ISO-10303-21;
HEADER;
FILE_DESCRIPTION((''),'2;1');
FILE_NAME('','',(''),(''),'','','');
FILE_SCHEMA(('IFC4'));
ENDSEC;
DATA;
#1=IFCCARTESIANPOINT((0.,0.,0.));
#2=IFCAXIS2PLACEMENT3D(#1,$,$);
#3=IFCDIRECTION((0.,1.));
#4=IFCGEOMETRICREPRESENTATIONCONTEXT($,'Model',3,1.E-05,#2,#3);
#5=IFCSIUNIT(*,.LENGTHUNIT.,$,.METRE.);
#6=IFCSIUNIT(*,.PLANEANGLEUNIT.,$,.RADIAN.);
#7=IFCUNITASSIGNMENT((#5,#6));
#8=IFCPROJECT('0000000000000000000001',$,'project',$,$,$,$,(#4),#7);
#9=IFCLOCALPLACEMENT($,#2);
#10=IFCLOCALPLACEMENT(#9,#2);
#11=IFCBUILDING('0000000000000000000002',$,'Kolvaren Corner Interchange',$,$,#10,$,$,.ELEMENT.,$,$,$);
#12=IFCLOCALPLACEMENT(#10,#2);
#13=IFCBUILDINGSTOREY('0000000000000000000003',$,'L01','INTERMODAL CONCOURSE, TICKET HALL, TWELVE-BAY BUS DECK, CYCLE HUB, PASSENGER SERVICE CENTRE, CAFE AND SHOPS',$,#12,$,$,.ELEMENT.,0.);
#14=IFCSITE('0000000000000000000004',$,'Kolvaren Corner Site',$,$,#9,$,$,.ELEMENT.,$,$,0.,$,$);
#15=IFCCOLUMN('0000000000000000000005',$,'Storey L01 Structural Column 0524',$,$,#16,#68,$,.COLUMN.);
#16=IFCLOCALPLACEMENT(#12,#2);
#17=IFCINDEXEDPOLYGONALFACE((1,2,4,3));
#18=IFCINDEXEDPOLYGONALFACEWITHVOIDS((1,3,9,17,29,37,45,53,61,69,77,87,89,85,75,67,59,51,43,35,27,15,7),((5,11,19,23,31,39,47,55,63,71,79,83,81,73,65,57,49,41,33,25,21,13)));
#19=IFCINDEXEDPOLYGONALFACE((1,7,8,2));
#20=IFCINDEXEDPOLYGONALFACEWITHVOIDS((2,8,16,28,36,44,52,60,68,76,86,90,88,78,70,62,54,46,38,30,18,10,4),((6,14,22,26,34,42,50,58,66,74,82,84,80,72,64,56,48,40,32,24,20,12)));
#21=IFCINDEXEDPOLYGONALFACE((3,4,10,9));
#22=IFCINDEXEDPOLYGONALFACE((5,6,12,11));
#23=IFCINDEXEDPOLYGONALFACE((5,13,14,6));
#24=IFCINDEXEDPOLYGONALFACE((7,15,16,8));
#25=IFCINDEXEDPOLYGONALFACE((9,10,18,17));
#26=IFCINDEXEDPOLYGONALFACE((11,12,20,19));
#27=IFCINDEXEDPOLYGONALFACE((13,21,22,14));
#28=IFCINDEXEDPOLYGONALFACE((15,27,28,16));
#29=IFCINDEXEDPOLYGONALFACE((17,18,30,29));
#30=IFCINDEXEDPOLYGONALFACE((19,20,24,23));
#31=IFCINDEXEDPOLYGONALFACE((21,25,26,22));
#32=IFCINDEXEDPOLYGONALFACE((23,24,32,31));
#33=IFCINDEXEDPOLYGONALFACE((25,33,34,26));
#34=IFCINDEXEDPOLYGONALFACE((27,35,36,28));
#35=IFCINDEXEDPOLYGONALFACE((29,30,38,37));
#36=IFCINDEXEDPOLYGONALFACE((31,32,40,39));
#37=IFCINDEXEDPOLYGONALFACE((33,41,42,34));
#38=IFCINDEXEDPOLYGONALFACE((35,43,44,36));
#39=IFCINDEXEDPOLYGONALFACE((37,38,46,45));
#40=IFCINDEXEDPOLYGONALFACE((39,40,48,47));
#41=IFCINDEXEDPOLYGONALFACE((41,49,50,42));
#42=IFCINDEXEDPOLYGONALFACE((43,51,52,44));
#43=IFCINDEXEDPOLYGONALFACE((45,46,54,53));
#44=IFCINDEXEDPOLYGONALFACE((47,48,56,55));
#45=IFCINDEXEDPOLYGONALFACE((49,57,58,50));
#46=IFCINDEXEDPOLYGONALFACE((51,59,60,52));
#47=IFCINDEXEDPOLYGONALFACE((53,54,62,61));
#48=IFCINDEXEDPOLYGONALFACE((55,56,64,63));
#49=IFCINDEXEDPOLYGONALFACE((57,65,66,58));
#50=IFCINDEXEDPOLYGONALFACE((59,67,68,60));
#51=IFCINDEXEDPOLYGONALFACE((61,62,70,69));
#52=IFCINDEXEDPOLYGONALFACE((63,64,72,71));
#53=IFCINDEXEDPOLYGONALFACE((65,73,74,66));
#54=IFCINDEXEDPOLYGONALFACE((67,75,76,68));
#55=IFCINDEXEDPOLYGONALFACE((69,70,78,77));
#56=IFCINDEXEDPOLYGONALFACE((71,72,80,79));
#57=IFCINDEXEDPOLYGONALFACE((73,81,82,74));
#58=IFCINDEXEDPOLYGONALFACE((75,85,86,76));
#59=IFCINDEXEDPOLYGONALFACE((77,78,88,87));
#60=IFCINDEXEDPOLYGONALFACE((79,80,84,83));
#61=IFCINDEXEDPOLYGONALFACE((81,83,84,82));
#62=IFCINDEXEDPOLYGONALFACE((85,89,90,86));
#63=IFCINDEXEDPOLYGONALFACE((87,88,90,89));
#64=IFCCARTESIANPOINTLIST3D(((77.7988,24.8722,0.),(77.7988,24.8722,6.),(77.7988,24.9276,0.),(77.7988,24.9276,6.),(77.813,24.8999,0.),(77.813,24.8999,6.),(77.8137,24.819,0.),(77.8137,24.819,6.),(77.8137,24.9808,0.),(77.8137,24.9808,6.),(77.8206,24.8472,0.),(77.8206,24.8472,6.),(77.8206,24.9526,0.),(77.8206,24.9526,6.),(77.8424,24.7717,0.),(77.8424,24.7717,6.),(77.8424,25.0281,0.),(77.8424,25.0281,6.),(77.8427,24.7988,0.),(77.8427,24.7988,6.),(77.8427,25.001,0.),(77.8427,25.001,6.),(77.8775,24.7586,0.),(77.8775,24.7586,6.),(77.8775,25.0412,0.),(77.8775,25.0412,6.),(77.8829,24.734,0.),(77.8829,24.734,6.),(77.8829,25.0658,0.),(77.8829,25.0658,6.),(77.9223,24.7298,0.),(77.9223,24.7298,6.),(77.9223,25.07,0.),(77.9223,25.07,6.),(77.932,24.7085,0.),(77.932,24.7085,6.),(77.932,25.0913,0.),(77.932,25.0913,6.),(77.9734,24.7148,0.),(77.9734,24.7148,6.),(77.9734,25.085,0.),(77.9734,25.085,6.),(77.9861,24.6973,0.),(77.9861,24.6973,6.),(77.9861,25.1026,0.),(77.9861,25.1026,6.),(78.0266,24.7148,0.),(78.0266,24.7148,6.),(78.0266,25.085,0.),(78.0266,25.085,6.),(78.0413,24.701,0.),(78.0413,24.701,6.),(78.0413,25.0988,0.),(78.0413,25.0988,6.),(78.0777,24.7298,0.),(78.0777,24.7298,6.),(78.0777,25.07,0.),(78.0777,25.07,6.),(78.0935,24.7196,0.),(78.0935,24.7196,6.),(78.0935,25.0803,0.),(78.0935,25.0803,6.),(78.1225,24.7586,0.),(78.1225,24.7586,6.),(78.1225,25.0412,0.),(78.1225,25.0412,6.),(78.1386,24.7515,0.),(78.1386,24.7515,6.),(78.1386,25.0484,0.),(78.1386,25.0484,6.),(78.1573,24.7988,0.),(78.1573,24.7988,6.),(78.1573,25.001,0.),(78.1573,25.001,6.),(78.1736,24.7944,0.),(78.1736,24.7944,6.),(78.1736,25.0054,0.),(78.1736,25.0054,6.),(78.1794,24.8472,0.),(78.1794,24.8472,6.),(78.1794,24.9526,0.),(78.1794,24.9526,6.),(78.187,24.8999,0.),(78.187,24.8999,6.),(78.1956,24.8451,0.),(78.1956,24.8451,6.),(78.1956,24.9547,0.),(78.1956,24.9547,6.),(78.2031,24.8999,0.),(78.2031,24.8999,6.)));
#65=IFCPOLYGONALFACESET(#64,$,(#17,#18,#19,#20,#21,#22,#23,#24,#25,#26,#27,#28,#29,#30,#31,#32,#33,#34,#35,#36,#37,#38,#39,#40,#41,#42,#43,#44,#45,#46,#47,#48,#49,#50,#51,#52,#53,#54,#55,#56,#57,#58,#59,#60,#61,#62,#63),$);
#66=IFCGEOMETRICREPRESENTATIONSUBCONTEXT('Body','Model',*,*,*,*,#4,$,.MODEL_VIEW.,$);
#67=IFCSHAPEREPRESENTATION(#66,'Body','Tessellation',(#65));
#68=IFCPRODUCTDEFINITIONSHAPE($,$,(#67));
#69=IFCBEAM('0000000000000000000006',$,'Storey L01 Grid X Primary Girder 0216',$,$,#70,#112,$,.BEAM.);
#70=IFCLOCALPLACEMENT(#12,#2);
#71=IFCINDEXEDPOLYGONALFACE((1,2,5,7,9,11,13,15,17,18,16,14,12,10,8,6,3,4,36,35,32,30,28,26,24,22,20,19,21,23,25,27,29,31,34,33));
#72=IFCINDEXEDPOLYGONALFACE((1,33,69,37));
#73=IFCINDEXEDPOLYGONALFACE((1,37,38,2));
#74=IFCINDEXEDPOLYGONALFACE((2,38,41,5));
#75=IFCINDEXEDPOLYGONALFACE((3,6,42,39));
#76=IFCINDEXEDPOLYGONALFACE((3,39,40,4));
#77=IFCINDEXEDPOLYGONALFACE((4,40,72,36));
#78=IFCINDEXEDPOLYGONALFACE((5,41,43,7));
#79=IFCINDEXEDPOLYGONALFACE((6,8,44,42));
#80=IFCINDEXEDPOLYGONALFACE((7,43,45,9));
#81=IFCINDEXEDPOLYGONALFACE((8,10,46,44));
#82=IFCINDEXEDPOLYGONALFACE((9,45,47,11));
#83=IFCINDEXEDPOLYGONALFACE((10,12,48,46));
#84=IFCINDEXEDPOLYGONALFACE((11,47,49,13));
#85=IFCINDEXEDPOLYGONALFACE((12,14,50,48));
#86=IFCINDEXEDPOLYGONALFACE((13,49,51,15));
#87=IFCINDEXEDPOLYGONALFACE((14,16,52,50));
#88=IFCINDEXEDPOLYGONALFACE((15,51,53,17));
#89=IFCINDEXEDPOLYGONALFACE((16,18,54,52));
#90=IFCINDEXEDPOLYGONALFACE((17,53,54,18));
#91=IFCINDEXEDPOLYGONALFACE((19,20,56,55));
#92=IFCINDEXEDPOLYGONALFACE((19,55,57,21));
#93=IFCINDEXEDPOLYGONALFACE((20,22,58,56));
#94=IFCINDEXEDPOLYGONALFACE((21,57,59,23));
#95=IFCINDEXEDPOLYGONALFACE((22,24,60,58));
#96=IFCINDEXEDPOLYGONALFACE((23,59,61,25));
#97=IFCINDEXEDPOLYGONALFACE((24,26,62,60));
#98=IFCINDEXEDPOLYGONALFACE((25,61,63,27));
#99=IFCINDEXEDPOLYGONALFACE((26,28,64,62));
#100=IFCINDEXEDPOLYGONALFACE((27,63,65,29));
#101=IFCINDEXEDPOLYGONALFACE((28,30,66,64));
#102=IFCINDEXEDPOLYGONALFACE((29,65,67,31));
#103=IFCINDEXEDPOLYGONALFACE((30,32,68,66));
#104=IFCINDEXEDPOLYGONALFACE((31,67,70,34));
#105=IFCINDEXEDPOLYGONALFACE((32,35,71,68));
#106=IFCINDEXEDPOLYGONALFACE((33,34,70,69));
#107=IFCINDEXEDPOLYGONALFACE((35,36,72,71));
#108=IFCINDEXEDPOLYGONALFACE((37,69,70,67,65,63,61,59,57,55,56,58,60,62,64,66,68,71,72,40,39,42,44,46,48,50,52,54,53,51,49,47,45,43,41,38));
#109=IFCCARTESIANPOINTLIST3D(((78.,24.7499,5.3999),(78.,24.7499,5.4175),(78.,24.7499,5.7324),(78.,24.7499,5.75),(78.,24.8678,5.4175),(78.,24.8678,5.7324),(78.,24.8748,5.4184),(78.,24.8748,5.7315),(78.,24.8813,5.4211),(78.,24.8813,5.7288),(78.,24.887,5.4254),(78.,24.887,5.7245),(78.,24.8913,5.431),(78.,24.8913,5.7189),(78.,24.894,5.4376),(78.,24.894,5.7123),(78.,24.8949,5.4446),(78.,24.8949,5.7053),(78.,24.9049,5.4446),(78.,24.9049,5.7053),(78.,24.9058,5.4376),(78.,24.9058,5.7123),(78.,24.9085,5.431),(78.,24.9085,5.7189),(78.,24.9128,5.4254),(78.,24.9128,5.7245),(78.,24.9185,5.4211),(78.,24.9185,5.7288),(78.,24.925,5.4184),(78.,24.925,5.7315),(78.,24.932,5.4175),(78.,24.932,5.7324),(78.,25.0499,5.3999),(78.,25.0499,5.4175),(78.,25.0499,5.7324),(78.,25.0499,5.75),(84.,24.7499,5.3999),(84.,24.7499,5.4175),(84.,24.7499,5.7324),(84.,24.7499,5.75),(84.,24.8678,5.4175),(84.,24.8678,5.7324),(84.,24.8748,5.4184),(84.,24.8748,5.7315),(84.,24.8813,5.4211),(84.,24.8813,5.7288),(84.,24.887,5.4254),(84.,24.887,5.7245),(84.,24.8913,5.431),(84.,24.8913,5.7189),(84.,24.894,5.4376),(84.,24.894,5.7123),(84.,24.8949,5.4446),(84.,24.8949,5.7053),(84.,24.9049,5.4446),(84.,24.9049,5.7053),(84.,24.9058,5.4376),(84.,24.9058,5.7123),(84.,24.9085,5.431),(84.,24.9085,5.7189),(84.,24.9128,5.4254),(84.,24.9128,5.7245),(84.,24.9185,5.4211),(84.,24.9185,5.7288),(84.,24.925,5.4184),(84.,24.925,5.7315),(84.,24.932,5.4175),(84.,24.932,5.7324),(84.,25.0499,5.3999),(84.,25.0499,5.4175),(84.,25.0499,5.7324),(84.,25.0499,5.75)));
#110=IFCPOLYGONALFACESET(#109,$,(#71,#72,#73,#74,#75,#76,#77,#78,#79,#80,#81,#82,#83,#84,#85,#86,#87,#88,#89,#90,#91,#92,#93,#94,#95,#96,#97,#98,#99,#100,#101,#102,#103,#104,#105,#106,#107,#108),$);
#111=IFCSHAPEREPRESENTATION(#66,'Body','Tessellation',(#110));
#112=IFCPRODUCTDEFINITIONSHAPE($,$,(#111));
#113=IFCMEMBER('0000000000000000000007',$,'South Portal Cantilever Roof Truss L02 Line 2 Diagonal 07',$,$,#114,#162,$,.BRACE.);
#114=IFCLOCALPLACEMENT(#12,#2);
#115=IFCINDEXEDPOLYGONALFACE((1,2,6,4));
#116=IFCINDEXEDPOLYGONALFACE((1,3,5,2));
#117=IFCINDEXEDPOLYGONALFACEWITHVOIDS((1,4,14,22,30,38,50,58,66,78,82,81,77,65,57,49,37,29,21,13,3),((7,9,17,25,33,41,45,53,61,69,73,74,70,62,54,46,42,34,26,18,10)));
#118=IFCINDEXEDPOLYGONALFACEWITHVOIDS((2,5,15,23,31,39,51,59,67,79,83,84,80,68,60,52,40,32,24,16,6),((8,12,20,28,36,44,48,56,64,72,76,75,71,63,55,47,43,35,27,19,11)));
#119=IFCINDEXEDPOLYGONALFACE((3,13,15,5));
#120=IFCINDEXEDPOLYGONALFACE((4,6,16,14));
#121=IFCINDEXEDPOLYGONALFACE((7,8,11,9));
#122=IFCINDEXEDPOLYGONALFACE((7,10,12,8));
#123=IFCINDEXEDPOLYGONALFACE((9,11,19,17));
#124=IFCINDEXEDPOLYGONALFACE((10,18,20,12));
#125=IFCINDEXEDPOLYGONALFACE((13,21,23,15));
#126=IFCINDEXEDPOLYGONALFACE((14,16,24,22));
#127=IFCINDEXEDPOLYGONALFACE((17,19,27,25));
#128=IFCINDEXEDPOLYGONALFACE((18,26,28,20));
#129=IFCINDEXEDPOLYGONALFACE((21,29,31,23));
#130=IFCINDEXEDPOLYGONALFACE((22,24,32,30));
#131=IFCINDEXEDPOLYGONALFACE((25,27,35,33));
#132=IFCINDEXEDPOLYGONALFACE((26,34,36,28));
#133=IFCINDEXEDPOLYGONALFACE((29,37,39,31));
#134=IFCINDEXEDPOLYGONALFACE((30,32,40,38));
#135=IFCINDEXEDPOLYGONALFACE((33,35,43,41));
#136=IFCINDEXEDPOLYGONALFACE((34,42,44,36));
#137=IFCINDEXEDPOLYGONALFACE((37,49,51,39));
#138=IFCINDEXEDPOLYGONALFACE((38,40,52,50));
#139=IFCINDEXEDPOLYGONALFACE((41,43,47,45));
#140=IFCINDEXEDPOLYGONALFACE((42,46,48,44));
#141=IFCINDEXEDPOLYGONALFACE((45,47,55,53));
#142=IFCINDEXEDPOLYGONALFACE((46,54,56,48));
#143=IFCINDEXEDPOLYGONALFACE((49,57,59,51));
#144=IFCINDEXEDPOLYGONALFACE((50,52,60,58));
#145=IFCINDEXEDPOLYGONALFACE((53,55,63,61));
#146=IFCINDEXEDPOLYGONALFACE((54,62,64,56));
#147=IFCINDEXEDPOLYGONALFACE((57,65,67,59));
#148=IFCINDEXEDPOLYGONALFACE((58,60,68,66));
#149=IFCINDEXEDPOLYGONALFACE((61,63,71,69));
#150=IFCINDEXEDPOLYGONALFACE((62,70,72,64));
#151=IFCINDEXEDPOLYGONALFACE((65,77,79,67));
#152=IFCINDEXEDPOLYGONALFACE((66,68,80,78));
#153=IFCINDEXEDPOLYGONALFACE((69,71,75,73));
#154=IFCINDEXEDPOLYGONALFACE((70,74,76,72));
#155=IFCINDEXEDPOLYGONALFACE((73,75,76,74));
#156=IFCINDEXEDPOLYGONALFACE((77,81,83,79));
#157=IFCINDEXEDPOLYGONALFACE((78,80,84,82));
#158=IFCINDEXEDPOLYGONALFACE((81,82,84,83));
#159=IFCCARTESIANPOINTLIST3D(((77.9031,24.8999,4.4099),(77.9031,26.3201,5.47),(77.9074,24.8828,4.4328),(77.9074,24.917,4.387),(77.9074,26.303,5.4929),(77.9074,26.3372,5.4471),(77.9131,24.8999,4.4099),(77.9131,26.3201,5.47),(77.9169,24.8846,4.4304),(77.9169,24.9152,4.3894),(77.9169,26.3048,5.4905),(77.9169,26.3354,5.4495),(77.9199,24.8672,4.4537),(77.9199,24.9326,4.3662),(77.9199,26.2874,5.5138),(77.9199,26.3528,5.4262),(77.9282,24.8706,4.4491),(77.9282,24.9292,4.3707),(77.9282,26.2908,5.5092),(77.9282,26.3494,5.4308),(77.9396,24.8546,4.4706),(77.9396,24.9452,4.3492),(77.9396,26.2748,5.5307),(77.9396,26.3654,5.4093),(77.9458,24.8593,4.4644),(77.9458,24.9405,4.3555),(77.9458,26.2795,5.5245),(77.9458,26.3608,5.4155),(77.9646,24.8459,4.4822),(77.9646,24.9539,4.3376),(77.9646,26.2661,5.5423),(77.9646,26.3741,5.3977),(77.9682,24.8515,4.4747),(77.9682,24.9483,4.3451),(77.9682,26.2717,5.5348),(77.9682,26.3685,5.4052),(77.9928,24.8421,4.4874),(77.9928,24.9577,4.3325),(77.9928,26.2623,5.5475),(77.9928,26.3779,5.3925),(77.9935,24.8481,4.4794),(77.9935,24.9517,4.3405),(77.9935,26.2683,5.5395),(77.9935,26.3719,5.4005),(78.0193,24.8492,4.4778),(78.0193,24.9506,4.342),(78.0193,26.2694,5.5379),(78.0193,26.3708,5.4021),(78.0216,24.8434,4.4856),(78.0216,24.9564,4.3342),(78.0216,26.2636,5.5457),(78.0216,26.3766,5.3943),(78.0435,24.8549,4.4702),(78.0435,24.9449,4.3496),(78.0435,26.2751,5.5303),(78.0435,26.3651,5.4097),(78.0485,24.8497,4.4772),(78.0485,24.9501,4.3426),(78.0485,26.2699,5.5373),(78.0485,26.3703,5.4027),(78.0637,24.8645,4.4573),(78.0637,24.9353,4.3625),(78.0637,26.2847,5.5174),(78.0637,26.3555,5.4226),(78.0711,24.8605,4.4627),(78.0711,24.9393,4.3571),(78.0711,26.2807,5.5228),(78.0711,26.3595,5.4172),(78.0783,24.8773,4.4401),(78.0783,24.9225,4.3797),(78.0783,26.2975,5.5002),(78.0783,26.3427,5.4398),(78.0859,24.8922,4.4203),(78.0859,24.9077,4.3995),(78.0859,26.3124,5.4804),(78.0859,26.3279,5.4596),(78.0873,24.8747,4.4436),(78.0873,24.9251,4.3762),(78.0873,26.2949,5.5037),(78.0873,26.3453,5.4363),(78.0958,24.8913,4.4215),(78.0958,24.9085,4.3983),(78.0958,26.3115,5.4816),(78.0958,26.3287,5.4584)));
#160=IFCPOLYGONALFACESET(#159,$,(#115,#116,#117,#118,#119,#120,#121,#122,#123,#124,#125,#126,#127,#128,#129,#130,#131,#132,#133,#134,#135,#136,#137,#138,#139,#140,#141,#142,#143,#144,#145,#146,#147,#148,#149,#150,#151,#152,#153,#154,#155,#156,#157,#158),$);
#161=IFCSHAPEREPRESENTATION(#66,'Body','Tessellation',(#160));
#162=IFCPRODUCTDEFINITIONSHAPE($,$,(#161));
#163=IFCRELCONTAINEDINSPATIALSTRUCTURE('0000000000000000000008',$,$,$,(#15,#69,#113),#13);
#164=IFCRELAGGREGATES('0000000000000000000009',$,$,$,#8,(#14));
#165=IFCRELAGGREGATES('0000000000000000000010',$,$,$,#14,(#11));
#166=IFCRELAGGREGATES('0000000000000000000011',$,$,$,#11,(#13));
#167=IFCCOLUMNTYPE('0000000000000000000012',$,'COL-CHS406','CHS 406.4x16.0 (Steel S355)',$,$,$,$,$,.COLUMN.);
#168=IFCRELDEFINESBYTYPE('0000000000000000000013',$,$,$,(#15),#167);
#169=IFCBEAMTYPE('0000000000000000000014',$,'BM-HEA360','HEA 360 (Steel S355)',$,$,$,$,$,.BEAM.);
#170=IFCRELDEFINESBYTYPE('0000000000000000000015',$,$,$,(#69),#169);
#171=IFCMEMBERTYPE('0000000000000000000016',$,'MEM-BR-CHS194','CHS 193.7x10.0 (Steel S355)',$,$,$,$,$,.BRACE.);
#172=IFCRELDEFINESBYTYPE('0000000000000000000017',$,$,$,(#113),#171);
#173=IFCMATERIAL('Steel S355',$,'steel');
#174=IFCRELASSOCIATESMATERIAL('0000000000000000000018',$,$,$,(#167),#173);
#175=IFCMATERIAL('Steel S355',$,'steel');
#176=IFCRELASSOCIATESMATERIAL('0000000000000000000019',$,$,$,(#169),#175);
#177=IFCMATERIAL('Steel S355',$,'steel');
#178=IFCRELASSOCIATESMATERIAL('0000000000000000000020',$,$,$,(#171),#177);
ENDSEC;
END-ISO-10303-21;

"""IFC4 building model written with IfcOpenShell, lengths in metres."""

from ifc_helpers import new_model, si_unit, direction, frame, origin, origin_2d, place, context, subcontext, project, spatial, hollow_circle, i_section, extrude, material, material_profile, profile_set, type_object, element, save


model = new_model("IFC4")

# Units and contexts
model_context = context("Model", 3, precision=1e-05, world=origin(), true_north=direction((0.0, 1.0)))
body_context = subcontext(model_context, "Body", "Model", "MODEL_VIEW")
ifc_project = project(units=[si_unit("LENGTHUNIT", "METRE"), si_unit("PLANEANGLEUNIT", "RADIAN")], contexts=[model_context])

# Site, building, storey
site_placement = place(None, origin())
site = spatial("IfcSite", under=ifc_project, at=site_placement, Name="Kolvaren Corner Site", CompositionType="ELEMENT", RefElevation=0.0)
building_placement = place(site_placement, origin())
building = spatial("IfcBuilding", under=site, at=building_placement, Name="Kolvaren Corner Interchange", CompositionType="ELEMENT")
storey_placement = place(building_placement, origin())
storey = spatial("IfcBuildingStorey", under=building, at=storey_placement, Name="L01", Description="INTERMODAL CONCOURSE, TICKET HALL, TWELVE-BAY BUS DECK, CYCLE HUB, PASSENGER SERVICE CENTRE, CAFE AND SHOPS", CompositionType="ELEMENT", Elevation=0.0)

# Column
ifc_material_1 = material(Name="Steel S355", Category="steel")
ifc_material_profile_1 = material_profile(ifc_material_1, hollow_circle(Radius=0.2031, WallThickness=0.0161, at=origin_2d()), Name="CHS 406.4x16.0")
ifc_profile_set_1 = profile_set([ifc_material_profile_1], Name="Steel S355")
column_type = type_object("IfcColumnType", Name="COL-CHS406", Description="CHS 406.4x16.0 (Steel S355)", PredefinedType="COLUMN", material=ifc_profile_set_1)
column_placement = place(storey_placement, frame((78.0, 24.8999, 0.0), z_axis=(0.0, 0.0, 1.0), x_axis=(1.0, 0.0, 0.0)))
element("IfcColumn", 1, at=column_placement, inside=storey, type_object=column_type, Name="Storey L01 Structural Column 0524", PredefinedType="COLUMN", context=body_context, shape_type="SweptSolid", body=[
    extrude(hollow_circle(Radius=0.2031, WallThickness=0.0161, at=origin_2d()), origin(), (0.0, 0.0, 1.0), 6.0),
])

# Beam
ifc_material_2 = material(Name="Steel S355", Category="steel")
ifc_material_profile_2 = material_profile(ifc_material_2, i_section(OverallWidth=0.3, OverallDepth=0.3501, WebThickness=0.01, FlangeThickness=0.0176, FilletRadius=0.0271, at=origin_2d()), Name="HEA 360")
ifc_profile_set_2 = profile_set([ifc_material_profile_2], Name="Steel S355")
beam_type = type_object("IfcBeamType", Name="BM-HEA360", Description="HEA 360 (Steel S355)", PredefinedType="BEAM", material=ifc_profile_set_2)
beam_placement = place(storey_placement, frame((78.0, 24.8999, 5.575), z_axis=(1.0, 0.0, 0.0), x_axis=(0.0, 1.0, 0.0)))
element("IfcBeam", 2, at=beam_placement, inside=storey, type_object=beam_type, Name="Storey L01 Grid X Primary Girder 0216", PredefinedType="BEAM", context=body_context, shape_type="SweptSolid", body=[
    extrude(i_section(OverallWidth=0.3, OverallDepth=0.3501, WebThickness=0.01, FlangeThickness=0.0176, FilletRadius=0.0271, at=origin_2d()), origin(), (0.0, 0.0, 1.0), 6.0),
])

# Member
ifc_material_3 = material(Name="Steel S355", Category="steel")
ifc_material_profile_3 = material_profile(ifc_material_3, hollow_circle(Radius=0.0969, WallThickness=0.01, at=origin_2d()), Name="CHS 193.7x10.0")
ifc_profile_set_3 = profile_set([ifc_material_profile_3], Name="Steel S355")
member_type_1 = type_object("IfcMemberType", Name="MEM-BR-CHS194", Description="CHS 193.7x10.0 (Steel S355)", PredefinedType="BRACE", material=ifc_profile_set_3)
member_1_placement = place(storey_placement, frame((78.0, 24.8999, 4.4099), z_axis=(0.0, 0.80137, 0.598169), x_axis=(-1.0, 0.0, 0.0)))
element("IfcMember", 3, at=member_1_placement, inside=storey, type_object=member_type_1, Name="South Portal Cantilever Roof Truss L02 Line 2 Diagonal 07", PredefinedType="BRACE", context=body_context, shape_type="SweptSolid", body=[
    extrude(hollow_circle(Radius=0.0969, WallThickness=0.01, at=origin_2d()), origin(), (0.0, 0.0, 1.0), 1.7722),
])

save(model, "model.ifc")
